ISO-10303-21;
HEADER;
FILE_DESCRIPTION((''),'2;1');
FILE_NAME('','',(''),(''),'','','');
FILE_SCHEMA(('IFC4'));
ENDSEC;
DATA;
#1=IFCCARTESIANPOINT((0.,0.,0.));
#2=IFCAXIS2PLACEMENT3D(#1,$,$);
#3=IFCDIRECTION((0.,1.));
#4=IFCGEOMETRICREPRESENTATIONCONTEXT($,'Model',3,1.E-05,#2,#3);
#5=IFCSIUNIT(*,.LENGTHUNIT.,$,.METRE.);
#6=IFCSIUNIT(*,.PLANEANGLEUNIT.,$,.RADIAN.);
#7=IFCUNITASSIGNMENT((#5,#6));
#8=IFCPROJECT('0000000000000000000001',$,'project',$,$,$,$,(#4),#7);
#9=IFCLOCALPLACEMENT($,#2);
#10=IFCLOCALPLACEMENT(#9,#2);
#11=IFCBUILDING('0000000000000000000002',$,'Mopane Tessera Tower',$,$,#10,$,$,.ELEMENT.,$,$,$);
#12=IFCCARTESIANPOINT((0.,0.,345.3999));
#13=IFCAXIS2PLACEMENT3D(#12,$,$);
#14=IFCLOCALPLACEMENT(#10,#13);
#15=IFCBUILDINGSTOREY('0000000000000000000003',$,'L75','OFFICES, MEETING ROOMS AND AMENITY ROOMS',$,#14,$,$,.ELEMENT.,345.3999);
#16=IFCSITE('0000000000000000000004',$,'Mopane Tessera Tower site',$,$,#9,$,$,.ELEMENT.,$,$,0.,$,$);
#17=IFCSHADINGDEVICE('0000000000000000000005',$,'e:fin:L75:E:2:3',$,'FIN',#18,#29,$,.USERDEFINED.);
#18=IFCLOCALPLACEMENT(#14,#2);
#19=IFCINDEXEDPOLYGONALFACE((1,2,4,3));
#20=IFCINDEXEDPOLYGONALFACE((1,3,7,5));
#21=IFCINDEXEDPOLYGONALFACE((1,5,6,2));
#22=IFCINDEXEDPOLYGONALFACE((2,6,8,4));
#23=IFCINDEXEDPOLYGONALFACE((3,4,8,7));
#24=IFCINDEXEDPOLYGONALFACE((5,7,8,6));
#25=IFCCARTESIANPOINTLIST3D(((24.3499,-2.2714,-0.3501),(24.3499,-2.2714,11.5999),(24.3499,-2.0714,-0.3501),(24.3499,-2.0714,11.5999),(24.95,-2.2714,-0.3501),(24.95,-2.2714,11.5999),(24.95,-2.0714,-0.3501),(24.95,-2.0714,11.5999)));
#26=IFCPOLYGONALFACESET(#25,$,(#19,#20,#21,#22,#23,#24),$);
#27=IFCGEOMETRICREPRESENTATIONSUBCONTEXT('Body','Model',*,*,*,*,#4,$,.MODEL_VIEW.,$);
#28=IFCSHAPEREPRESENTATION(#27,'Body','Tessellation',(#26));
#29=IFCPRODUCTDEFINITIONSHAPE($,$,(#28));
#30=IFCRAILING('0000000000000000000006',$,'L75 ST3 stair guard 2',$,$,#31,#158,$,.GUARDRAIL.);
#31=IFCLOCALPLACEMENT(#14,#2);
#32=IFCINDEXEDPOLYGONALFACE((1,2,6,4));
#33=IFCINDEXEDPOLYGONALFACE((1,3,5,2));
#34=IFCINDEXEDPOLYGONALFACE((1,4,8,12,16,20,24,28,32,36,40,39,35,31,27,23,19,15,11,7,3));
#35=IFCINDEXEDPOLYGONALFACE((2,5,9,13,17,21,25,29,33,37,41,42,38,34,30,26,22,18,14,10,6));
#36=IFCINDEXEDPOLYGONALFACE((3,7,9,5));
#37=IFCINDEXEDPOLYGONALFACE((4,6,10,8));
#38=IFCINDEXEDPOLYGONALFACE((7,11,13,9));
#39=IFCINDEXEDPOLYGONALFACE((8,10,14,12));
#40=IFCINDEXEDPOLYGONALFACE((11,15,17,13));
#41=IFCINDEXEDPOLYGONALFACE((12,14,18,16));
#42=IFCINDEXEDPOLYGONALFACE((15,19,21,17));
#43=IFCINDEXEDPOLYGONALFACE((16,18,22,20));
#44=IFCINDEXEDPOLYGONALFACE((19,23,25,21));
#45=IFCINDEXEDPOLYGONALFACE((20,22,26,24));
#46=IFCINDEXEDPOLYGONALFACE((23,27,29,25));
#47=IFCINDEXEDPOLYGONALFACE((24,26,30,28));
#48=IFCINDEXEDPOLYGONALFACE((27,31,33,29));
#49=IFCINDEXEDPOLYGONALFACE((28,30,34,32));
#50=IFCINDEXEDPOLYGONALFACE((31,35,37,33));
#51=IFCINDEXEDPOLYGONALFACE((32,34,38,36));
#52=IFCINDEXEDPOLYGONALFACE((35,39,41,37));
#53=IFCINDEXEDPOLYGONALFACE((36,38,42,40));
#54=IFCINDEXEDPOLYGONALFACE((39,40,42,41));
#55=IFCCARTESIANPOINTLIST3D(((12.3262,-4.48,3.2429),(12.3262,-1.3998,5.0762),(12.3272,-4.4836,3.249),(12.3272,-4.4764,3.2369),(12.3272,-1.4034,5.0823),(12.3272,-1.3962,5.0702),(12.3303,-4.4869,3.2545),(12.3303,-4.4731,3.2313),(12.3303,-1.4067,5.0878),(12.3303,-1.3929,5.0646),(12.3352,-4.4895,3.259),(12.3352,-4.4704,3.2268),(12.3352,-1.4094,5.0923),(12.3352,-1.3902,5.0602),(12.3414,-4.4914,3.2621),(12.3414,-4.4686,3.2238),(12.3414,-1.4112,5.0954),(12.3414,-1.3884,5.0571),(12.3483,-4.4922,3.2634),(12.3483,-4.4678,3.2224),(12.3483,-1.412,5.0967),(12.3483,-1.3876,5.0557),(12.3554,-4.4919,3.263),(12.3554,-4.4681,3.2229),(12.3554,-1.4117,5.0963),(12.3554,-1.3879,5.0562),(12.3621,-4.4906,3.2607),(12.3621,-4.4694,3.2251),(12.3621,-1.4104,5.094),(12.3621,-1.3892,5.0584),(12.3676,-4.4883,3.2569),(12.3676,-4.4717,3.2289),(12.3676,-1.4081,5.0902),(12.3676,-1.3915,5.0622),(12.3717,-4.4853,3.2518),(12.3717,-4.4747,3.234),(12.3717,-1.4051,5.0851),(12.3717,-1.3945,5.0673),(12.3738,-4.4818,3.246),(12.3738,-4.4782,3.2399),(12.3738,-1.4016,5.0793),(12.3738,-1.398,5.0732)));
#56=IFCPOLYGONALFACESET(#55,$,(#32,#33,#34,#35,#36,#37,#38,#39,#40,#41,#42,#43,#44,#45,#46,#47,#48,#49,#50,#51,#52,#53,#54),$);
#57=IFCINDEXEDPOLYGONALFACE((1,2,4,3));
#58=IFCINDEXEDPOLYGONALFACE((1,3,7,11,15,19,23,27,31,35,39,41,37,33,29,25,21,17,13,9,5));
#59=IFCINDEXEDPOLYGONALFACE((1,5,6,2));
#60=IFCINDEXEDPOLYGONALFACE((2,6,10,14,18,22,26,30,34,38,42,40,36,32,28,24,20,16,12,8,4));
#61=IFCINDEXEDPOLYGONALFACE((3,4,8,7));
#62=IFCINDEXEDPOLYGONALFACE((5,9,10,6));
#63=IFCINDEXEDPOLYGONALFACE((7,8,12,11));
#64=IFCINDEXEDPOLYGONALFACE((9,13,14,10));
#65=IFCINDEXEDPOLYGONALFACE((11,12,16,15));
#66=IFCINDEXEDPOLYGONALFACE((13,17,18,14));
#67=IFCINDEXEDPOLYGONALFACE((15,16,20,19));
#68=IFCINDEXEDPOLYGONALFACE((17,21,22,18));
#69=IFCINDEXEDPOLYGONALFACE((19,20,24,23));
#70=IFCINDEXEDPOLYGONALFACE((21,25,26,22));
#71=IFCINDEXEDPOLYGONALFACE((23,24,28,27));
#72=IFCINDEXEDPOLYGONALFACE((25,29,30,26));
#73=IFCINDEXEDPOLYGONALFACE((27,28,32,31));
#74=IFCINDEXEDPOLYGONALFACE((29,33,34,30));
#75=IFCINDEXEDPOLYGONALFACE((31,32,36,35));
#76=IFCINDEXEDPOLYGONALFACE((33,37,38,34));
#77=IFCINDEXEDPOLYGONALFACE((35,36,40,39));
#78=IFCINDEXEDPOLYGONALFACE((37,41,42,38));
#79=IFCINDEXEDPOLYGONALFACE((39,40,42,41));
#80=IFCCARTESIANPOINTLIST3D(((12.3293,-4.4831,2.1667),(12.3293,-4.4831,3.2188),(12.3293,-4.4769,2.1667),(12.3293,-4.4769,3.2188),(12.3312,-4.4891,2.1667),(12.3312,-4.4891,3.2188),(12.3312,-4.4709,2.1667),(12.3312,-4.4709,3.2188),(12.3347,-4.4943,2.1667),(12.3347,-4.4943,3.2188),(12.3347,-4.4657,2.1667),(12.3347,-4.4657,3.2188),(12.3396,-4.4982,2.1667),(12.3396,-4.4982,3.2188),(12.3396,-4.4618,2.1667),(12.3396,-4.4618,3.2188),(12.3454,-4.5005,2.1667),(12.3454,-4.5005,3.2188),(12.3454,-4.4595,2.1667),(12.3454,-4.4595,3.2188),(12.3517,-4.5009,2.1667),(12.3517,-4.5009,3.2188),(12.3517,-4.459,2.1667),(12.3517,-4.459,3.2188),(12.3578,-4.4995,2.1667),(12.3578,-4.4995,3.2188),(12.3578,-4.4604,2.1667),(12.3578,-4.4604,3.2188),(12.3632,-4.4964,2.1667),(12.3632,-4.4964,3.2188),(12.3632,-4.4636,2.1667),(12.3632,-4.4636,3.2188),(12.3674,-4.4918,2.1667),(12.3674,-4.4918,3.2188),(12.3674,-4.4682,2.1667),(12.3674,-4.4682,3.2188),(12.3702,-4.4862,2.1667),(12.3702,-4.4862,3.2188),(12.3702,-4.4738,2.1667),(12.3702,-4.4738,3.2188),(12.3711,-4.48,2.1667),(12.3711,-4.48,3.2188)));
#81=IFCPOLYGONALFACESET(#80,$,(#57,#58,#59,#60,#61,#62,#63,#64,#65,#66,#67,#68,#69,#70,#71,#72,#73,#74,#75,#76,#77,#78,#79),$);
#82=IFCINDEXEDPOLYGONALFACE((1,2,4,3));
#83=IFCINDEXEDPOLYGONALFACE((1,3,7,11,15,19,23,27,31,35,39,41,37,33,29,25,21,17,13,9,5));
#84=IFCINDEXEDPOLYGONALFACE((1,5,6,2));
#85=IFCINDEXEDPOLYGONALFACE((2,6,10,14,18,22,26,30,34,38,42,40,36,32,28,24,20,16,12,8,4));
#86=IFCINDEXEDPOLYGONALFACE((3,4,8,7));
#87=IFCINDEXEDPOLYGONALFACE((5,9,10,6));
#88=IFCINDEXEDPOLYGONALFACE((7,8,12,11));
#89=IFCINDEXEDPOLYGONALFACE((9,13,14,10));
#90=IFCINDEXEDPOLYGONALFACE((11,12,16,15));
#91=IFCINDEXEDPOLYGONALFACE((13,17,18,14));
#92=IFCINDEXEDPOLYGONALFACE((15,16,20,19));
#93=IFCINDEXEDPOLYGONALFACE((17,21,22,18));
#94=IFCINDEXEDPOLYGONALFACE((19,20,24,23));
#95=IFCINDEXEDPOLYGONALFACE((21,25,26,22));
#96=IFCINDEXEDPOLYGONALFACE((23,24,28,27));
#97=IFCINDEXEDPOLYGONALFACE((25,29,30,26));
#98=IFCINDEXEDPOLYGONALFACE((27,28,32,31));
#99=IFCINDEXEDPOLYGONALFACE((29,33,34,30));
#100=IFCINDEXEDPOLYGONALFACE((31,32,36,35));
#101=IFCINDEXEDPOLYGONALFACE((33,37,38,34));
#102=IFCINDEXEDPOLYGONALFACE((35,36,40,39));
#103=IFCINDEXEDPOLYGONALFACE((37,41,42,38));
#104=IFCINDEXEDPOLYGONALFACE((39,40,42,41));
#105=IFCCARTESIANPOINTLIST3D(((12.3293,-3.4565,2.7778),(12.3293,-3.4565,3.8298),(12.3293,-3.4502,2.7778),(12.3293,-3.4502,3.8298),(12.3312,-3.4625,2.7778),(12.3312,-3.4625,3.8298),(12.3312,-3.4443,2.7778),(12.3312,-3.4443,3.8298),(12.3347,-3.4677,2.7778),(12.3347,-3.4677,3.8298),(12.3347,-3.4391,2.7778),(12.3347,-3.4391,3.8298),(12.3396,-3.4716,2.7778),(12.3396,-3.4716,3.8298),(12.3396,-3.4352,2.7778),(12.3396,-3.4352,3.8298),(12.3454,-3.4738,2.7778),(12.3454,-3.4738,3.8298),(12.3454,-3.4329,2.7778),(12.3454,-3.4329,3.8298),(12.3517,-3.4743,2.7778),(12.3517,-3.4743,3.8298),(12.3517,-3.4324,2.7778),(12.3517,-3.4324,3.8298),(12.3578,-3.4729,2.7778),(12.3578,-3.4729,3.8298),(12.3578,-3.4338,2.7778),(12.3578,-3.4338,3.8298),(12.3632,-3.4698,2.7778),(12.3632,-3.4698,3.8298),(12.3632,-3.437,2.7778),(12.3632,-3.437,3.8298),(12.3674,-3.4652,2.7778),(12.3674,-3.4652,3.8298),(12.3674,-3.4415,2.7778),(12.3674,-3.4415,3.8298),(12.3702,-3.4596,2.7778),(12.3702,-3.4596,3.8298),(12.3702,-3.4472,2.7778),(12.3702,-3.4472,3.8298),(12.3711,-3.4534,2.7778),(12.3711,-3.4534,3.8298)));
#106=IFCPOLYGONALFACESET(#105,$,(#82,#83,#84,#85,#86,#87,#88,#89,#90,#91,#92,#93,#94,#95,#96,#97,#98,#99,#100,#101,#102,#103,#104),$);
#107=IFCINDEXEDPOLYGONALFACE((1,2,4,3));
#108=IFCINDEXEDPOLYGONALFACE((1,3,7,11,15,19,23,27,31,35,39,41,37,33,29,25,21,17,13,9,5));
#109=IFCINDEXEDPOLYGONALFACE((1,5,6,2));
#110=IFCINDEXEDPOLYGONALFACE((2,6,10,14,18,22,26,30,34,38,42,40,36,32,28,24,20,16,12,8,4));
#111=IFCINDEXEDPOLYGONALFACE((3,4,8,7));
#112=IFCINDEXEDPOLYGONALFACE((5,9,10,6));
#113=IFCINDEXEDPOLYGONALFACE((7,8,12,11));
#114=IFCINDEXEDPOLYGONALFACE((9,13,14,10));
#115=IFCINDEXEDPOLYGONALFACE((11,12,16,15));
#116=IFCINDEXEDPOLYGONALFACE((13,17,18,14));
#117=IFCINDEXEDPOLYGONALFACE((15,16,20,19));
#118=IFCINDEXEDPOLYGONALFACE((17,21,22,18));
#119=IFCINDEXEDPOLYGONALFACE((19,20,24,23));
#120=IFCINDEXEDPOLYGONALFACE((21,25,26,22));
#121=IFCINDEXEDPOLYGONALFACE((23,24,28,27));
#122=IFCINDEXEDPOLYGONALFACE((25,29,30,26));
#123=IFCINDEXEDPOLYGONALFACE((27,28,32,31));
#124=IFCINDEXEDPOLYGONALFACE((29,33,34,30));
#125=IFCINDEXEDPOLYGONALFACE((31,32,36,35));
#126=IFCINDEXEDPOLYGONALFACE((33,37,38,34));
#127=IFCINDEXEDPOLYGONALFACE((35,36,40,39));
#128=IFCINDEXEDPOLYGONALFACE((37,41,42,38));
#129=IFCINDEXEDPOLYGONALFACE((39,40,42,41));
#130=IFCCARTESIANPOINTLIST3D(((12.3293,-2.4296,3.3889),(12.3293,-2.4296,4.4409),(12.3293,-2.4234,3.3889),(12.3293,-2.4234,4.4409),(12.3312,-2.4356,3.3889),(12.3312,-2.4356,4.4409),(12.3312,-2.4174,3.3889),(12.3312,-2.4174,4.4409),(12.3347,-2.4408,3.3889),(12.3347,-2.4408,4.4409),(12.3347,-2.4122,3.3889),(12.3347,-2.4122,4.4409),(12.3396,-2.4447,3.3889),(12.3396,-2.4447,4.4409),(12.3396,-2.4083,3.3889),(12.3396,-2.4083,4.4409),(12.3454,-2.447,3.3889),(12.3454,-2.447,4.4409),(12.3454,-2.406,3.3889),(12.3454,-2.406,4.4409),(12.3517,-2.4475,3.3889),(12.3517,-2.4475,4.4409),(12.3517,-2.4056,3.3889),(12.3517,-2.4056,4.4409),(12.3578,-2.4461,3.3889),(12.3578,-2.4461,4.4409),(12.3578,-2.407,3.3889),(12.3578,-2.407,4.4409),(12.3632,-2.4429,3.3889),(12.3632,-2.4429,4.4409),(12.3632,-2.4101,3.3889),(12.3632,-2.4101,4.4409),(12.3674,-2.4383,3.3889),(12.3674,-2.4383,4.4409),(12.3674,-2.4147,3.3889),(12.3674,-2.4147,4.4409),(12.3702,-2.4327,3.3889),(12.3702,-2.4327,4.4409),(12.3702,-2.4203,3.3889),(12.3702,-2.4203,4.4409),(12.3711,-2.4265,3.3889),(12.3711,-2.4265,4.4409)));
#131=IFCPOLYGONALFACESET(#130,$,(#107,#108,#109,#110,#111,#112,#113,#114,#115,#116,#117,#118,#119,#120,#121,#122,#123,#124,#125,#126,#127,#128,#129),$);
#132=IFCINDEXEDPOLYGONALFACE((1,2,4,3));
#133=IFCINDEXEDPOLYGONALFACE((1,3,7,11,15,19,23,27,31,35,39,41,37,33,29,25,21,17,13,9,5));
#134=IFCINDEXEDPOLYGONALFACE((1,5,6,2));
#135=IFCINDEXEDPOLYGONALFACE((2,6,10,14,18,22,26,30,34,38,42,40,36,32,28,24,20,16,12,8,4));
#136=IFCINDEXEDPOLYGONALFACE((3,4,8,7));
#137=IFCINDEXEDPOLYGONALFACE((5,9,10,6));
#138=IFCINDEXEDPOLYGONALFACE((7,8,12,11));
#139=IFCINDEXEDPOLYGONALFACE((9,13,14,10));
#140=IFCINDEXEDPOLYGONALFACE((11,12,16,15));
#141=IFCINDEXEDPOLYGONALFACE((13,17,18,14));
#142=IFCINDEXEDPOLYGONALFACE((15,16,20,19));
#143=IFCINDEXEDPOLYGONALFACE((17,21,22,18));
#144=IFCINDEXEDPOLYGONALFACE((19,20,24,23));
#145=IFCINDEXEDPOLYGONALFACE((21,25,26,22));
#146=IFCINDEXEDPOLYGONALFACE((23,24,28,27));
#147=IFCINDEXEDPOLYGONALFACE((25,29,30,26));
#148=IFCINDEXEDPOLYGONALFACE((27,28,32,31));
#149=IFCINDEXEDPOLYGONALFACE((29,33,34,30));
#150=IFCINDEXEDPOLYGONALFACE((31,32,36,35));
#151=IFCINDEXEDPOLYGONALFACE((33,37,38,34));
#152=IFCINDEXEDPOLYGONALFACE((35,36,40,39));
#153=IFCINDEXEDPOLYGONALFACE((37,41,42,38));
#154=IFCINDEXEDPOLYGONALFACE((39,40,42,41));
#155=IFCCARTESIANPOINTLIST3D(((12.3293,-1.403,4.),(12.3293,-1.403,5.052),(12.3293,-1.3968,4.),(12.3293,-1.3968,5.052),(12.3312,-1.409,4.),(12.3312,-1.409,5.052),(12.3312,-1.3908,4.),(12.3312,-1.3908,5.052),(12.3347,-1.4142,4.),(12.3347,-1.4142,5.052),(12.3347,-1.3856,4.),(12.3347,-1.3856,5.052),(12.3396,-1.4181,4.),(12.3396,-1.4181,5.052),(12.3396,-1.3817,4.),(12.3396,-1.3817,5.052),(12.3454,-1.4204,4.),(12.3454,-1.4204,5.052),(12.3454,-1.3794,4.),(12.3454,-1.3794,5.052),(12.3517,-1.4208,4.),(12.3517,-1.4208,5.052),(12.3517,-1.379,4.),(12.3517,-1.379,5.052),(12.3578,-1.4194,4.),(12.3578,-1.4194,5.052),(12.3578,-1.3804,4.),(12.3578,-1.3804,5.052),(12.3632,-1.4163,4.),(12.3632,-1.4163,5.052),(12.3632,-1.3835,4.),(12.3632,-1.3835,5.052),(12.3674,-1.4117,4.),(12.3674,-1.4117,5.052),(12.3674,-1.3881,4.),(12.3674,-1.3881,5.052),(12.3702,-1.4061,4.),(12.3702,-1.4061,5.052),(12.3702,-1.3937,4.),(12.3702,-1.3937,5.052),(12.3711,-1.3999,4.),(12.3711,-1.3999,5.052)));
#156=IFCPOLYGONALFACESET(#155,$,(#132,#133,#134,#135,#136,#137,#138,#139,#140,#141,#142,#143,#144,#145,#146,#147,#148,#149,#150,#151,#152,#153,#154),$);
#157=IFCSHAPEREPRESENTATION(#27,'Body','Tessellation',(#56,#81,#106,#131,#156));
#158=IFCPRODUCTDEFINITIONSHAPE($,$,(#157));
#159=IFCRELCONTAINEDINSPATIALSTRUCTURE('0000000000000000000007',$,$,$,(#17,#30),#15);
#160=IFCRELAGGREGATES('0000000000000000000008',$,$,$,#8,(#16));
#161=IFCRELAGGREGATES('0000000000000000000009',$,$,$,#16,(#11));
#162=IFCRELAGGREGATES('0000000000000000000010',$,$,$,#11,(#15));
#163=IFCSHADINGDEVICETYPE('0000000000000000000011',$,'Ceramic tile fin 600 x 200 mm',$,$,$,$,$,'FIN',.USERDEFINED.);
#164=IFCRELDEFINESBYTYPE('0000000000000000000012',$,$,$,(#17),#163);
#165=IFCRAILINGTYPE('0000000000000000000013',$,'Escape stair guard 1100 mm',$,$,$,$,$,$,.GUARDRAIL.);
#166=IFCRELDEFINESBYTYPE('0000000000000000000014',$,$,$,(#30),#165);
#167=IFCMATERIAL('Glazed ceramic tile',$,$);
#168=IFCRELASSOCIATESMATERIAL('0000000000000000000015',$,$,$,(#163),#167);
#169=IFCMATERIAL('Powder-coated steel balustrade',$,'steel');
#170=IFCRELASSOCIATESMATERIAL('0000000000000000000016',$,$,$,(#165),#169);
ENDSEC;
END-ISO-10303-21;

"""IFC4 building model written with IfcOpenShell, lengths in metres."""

from ifc_helpers import new_model, si_unit, direction, frame, origin, origin_2d, place, context, subcontext, project, spatial, rectangle, circle, extrude, material, type_object, element, save


model = new_model("IFC4")

# Units and contexts
model_context = context("Model", 3, precision=1e-05, world=origin(), true_north=direction((0.0, 1.0)))
body_context = subcontext(model_context, "Body", "Model", "MODEL_VIEW")
ifc_project = project(units=[si_unit("LENGTHUNIT", "METRE"), si_unit("PLANEANGLEUNIT", "RADIAN")], contexts=[model_context])

# Site, building, storey
site_placement = place(None, origin())
site = spatial("IfcSite", under=ifc_project, at=site_placement, Name="Mopane Tessera Tower site", CompositionType="ELEMENT", RefElevation=0.0)
building_placement = place(site_placement, origin())
building = spatial("IfcBuilding", under=site, at=building_placement, Name="Mopane Tessera Tower", CompositionType="ELEMENT")
storey_placement = place(building_placement, frame((0.0, 0.0, 345.3999)))
storey = spatial("IfcBuildingStorey", under=building, at=storey_placement, Name="L75", Description="OFFICES, MEETING ROOMS AND AMENITY ROOMS", CompositionType="ELEMENT", Elevation=345.3999)

# Shading device
ifc_material_1 = material(Name="Glazed ceramic tile")
shading_device_type = type_object("IfcShadingDeviceType", Name="Ceramic tile fin 600 x 200 mm", ElementType="FIN", PredefinedType="USERDEFINED", material=ifc_material_1)
for number, where, z_axis, x_axis, name in (
    (1, (24.6499, -2.1714, -0.3501), (0.0, 0.0, 1.0), (0.0, 1.0, 0.0), "e:fin:L75:E:2:3"),
):
    element("IfcShadingDevice", number, at=place(storey_placement, frame(where, z_axis=z_axis, x_axis=x_axis)), inside=storey, type_object=shading_device_type, Name=name, ObjectType="FIN", PredefinedType="USERDEFINED", context=body_context, shape_type="SweptSolid", body=[
        extrude(rectangle(XDim=0.2, YDim=0.6001, at=origin_2d()), origin(), (0.0, 0.0, 1.0), 11.95),
    ])

# Railing
ifc_material_2 = material(Name="Powder-coated steel balustrade", Category="steel")
railing_type_1 = type_object("IfcRailingType", Name="Escape stair guard 1100 mm", PredefinedType="GUARDRAIL", material=ifc_material_2)
railing_1_placement = place(storey_placement, frame((12.3501, -4.48, 2.1667)))
element("IfcRailing", 2, at=railing_1_placement, inside=storey, type_object=railing_type_1, Name="L75 ST3 stair guard 2", PredefinedType="GUARDRAIL", context=body_context, shape_type="SweptSolid", body=[
    extrude(circle(Radius=0.0239, at=origin_2d()), frame((0.0, 0.0, 1.0762), z_axis=(0.0, 0.859309, 0.511458), x_axis=(-1.0, 0.0, 0.0)), (0.0, 0.0, 1.0), 3.5845),
    extrude(circle(Radius=0.021, at=origin_2d()), origin(), (0.0, 0.0, 1.0), 1.052),
    extrude(circle(Radius=0.021, at=origin_2d()), frame((0.0, 1.0266, 0.6111)), (0.0, 0.0, 1.0), 1.052),
    extrude(circle(Radius=0.021, at=origin_2d()), frame((0.0, 2.0535, 1.2222)), (0.0, 0.0, 1.0), 1.052),
    extrude(circle(Radius=0.021, at=origin_2d()), frame((0.0, 3.0801, 1.8333)), (0.0, 0.0, 1.0), 1.052),
])

save(model, "model.ifc")
